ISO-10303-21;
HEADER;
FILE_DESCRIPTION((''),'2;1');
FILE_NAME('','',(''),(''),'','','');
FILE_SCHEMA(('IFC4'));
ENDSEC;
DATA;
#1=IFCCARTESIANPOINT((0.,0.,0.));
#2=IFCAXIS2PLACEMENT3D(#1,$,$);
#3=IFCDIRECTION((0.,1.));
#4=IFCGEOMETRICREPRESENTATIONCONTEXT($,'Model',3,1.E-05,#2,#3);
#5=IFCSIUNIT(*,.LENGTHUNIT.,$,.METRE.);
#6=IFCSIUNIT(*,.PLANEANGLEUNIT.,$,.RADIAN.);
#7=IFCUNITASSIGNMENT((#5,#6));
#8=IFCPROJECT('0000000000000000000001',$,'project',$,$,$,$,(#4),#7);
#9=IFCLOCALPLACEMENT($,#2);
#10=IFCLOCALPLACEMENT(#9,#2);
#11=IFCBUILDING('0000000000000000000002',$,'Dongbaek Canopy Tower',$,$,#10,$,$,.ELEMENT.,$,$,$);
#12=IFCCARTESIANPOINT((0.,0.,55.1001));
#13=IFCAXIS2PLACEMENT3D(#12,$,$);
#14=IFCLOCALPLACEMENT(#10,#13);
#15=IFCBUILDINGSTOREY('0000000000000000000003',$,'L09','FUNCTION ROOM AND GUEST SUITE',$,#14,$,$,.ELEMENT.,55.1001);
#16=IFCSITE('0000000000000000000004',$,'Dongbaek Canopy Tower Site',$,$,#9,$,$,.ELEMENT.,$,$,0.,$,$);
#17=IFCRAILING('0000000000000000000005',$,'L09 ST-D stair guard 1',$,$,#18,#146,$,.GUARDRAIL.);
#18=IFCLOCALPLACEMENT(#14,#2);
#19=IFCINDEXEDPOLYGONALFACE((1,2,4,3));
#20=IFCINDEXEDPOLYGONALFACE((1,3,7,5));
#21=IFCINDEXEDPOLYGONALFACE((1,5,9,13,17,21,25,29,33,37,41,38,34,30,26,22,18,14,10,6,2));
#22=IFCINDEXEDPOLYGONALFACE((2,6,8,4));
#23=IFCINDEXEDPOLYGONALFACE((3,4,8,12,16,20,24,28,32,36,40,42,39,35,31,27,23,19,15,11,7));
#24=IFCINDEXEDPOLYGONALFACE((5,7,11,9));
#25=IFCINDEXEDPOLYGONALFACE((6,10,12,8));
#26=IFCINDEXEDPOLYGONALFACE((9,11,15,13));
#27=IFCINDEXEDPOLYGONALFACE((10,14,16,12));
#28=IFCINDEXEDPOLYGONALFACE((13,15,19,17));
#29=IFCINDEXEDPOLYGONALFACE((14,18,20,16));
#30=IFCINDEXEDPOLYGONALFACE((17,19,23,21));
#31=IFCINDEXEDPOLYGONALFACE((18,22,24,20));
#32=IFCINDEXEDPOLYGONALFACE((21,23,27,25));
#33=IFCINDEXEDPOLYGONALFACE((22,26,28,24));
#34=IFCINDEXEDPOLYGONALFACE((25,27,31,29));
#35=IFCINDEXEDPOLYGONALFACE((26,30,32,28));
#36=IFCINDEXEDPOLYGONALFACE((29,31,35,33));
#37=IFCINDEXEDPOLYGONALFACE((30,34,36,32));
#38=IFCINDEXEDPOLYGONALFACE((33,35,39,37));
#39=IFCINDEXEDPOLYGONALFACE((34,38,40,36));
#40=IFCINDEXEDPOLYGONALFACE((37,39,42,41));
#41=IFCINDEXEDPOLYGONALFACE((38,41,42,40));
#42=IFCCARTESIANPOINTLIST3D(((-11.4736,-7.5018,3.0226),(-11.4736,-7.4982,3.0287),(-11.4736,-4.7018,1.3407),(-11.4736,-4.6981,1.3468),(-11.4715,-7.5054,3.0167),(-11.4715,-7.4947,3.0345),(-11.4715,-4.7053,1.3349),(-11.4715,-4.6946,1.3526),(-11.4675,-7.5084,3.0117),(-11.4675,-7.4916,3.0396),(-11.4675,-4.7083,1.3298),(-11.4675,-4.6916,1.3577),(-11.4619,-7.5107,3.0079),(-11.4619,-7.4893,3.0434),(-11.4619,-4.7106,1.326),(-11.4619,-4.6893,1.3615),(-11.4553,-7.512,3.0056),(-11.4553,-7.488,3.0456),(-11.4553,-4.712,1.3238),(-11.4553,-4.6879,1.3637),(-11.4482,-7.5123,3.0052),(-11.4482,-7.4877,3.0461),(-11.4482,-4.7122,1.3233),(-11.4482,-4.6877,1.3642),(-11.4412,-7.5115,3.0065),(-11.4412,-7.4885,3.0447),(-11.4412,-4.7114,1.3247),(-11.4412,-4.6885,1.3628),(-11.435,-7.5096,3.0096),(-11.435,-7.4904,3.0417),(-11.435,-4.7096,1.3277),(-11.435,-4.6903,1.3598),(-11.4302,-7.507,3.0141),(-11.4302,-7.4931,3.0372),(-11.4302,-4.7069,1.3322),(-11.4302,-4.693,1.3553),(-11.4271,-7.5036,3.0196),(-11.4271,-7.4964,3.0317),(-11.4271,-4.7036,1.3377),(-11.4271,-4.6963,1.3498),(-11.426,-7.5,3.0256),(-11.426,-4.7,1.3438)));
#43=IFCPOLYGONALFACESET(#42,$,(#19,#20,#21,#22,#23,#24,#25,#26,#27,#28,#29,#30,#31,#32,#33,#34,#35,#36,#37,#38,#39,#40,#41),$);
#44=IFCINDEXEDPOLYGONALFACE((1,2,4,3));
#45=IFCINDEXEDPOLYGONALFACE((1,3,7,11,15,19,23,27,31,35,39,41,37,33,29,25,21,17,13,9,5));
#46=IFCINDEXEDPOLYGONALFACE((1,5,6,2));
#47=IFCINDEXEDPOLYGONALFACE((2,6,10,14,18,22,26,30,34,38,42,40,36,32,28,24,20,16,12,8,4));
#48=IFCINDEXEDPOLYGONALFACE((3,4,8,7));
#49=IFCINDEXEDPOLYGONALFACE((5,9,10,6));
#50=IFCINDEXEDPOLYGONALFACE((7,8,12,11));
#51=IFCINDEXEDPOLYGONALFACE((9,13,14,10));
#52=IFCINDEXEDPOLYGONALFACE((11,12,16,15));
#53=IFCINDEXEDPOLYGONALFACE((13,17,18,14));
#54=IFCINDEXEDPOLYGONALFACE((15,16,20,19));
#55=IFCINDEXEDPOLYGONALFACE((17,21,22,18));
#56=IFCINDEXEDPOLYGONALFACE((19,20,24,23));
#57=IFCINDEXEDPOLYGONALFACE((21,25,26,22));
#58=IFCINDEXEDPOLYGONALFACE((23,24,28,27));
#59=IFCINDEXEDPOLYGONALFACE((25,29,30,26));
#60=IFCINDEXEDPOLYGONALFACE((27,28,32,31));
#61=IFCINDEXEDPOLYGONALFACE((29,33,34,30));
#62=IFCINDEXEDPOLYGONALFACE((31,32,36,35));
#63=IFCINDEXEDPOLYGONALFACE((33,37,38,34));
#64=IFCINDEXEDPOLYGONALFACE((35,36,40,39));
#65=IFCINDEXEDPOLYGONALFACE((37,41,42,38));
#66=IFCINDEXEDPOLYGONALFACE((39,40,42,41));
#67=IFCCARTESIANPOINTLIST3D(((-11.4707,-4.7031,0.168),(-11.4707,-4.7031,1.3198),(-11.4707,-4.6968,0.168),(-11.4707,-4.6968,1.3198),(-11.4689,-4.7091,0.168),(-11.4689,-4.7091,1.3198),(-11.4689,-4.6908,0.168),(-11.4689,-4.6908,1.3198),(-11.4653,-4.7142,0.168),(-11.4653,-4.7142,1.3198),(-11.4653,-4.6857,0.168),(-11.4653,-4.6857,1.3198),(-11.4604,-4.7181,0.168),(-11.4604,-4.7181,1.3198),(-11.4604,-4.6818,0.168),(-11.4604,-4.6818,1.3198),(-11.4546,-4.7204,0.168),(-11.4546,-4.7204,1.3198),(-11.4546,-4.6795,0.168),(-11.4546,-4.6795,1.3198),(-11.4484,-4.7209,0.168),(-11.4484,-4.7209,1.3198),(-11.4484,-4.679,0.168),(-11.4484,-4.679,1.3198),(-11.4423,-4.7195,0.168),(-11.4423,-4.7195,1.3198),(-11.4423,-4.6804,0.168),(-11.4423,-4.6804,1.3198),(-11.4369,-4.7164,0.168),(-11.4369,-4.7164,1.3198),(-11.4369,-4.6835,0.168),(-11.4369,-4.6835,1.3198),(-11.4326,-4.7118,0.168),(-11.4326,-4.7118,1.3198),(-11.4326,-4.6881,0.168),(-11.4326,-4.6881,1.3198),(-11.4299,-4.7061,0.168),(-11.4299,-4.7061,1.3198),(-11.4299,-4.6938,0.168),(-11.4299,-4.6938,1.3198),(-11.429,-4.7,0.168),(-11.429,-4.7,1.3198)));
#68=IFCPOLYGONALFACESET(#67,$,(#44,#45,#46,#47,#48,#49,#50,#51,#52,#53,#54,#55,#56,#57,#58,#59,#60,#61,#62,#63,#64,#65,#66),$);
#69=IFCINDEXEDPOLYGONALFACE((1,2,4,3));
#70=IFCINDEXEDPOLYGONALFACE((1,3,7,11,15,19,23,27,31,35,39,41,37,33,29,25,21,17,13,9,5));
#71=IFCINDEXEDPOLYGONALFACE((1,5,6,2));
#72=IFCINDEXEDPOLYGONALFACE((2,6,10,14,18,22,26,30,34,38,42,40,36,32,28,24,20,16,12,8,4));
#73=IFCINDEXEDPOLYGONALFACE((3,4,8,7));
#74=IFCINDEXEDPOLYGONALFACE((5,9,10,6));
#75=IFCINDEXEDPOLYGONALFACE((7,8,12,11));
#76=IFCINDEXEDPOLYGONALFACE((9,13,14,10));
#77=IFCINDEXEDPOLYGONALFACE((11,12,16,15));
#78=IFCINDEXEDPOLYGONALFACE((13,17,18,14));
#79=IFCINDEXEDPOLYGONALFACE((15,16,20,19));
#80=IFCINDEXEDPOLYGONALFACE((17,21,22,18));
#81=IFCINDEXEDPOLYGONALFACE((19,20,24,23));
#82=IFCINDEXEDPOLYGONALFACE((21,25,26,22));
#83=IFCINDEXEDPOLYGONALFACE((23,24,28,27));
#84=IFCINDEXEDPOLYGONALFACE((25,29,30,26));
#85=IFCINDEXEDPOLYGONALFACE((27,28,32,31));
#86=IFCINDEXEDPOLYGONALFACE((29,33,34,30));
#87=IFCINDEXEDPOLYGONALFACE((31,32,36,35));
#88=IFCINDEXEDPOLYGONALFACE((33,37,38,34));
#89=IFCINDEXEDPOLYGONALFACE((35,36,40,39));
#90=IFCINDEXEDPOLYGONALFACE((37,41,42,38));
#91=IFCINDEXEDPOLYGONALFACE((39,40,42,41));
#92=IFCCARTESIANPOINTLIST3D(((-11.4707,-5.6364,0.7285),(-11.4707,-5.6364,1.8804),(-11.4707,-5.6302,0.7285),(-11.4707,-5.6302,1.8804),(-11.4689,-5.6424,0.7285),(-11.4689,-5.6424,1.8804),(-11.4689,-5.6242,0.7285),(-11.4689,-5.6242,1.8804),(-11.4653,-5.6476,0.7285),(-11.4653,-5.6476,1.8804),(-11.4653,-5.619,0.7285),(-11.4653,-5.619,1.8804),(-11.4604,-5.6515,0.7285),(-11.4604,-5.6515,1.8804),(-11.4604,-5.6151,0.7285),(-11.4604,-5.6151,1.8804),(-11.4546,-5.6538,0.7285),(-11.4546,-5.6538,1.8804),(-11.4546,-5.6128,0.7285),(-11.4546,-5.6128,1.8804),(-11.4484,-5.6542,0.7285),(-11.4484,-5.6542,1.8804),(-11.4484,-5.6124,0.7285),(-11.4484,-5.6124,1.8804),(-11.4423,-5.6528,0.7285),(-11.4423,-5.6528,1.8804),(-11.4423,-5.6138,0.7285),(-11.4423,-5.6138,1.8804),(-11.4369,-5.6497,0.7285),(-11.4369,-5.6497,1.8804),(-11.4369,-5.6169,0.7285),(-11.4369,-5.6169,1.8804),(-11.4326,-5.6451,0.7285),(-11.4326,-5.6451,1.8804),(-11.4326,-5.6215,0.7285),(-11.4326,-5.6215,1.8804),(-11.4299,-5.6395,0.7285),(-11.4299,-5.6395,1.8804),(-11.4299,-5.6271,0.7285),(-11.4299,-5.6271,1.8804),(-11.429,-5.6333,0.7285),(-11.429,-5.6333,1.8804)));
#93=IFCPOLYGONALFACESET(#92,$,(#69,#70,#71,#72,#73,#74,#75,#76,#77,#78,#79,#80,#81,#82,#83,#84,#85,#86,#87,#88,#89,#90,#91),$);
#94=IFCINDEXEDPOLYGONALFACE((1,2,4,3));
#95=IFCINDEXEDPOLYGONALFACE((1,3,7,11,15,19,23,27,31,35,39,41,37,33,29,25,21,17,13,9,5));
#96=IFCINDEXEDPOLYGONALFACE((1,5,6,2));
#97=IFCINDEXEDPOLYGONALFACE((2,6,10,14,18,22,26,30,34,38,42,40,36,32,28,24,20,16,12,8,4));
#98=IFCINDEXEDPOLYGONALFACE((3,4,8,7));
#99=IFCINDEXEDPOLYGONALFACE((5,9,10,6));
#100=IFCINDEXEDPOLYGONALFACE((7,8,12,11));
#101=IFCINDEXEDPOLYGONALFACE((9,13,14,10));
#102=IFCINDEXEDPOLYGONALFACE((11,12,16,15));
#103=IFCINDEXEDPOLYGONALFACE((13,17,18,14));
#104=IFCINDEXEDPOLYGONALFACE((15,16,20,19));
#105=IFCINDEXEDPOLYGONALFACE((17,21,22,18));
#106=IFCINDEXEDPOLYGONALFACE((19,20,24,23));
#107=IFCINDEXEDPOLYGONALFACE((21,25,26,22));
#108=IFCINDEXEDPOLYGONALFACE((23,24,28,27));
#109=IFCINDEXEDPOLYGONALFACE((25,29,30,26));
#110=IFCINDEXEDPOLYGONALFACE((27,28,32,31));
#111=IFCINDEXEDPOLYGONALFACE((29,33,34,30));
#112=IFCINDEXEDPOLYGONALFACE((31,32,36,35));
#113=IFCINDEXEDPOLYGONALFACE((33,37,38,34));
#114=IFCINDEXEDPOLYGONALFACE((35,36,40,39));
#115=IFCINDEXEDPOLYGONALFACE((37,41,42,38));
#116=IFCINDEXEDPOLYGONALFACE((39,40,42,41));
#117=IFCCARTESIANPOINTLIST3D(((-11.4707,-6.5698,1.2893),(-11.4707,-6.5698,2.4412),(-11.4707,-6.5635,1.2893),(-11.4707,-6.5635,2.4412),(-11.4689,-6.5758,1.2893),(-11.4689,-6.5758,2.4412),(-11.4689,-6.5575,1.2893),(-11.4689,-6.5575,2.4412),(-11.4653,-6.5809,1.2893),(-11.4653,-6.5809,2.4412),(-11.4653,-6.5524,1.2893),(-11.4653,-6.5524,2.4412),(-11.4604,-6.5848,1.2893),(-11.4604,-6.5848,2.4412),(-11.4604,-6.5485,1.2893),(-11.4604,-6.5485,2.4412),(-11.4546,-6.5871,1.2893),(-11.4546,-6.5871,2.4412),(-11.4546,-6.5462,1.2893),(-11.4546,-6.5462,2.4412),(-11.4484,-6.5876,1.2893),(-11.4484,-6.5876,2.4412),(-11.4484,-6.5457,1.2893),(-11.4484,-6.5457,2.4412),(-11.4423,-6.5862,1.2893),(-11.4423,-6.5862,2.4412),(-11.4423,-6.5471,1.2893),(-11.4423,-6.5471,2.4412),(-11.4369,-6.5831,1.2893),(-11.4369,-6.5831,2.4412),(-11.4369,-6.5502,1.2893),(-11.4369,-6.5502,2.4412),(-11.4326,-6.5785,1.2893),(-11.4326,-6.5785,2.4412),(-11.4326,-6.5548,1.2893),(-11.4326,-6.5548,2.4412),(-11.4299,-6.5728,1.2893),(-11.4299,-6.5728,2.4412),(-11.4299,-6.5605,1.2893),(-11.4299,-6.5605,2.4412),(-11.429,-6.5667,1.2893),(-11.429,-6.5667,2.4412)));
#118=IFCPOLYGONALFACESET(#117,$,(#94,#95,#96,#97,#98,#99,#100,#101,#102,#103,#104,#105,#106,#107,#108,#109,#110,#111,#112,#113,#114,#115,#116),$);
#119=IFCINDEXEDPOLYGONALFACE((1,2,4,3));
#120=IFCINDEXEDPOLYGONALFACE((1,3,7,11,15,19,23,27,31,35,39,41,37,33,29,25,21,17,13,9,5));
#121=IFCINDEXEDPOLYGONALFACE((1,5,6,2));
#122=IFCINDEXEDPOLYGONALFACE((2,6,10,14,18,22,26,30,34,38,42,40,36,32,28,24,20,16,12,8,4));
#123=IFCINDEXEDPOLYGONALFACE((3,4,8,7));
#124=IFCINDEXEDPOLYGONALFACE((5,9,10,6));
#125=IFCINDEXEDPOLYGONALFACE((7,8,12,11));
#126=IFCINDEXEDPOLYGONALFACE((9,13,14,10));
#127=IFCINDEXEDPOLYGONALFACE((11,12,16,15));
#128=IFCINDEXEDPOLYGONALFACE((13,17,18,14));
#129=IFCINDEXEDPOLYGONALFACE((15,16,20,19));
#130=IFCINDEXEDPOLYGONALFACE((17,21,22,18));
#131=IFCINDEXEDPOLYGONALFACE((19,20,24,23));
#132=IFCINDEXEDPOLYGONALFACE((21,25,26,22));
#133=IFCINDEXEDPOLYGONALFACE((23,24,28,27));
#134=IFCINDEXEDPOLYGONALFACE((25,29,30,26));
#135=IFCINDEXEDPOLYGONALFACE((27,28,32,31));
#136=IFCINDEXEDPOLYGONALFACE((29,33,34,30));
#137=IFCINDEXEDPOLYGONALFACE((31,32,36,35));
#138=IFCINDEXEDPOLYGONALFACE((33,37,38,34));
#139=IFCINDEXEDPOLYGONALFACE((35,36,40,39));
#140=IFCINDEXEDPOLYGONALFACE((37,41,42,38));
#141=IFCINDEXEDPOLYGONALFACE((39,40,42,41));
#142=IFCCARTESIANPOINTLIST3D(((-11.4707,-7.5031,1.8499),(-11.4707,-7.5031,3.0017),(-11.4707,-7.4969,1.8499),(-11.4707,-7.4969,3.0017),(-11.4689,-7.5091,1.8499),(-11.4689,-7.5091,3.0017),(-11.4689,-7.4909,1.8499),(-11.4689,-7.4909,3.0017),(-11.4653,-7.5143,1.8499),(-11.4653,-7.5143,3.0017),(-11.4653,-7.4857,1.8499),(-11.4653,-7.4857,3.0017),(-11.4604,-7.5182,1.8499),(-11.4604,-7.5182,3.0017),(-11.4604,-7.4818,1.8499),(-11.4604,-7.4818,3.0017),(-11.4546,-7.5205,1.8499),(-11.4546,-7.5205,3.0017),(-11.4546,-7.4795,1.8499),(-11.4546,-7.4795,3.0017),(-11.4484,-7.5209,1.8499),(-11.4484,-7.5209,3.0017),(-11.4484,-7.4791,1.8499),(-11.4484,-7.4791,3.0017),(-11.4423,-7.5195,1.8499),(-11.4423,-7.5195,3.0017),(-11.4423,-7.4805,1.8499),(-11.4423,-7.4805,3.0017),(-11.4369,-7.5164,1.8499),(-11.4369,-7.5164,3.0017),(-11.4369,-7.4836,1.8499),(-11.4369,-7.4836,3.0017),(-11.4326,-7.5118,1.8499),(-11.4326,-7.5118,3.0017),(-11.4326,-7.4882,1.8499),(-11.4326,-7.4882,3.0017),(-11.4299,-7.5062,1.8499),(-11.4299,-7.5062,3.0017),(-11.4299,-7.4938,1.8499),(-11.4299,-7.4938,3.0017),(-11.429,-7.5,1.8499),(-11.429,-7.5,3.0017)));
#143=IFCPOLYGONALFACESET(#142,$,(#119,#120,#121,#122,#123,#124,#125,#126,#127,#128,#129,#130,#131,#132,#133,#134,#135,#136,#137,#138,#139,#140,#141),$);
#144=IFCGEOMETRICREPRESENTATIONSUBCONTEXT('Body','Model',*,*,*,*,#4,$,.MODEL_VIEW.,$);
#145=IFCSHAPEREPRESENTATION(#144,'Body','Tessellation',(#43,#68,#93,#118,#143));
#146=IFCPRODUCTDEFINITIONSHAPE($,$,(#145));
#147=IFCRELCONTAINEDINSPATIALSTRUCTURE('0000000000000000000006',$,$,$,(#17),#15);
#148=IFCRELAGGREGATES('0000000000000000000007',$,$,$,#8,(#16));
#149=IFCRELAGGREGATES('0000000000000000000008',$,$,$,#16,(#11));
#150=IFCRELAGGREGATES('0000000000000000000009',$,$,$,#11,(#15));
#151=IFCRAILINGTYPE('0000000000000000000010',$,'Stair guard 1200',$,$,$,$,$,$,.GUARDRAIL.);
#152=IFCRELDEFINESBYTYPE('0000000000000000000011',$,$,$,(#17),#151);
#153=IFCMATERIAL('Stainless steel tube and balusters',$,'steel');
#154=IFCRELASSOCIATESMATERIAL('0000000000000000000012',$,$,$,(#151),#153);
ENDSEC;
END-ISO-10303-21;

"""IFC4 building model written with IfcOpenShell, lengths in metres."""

from ifc_helpers import new_model, si_unit, direction, frame, origin, origin_2d, place, context, subcontext, project, spatial, circle, extrude, material, type_object, element, save


model = new_model("IFC4")

# Units and contexts
model_context = context("Model", 3, precision=1e-05, world=origin(), true_north=direction((0.0, 1.0)))
body_context = subcontext(model_context, "Body", "Model", "MODEL_VIEW")
ifc_project = project(units=[si_unit("LENGTHUNIT", "METRE"), si_unit("PLANEANGLEUNIT", "RADIAN")], contexts=[model_context])

# Site, building, storey
site_placement = place(None, origin())
site = spatial("IfcSite", under=ifc_project, at=site_placement, Name="Dongbaek Canopy Tower Site", CompositionType="ELEMENT", RefElevation=0.0)
building_placement = place(site_placement, origin())
building = spatial("IfcBuilding", under=site, at=building_placement, Name="Dongbaek Canopy Tower", CompositionType="ELEMENT")
storey_placement = place(building_placement, frame((0.0, 0.0, 55.1001)))
storey = spatial("IfcBuildingStorey", under=building, at=storey_placement, Name="L09", Description="FUNCTION ROOM AND GUEST SUITE", CompositionType="ELEMENT", Elevation=55.1001)

# Railing
ifc_material_1 = material(Name="Stainless steel tube and balusters", Category="steel")
railing_type_1 = type_object("IfcRailingType", Name="Stair guard 1200", PredefinedType="GUARDRAIL", material=ifc_material_1)
railing_1_placement = place(storey_placement, frame((-11.45, -4.7, 0.168)))
element("IfcRailing", 1, at=railing_1_placement, inside=storey, type_object=railing_type_1, Name="L09 ST-D stair guard 1", PredefinedType="GUARDRAIL", context=body_context, shape_type="SweptSolid", body=[
    extrude(circle(Radius=0.0239, at=origin_2d()), frame((0.0, 0.0, 1.1758), z_axis=(0.0, -0.857242, 0.514913), x_axis=(1.0, 0.0, 0.0)), (0.0, 0.0, 1.0), 3.2664),
    extrude(circle(Radius=0.021, at=origin_2d()), origin(), (0.0, 0.0, 1.0), 1.1519),
    extrude(circle(Radius=0.021, at=origin_2d()), frame((0.0, -0.9333, 0.5605)), (0.0, 0.0, 1.0), 1.1519),
    extrude(circle(Radius=0.021, at=origin_2d()), frame((0.0, -1.8667, 1.1213)), (0.0, 0.0, 1.0), 1.1519),
    extrude(circle(Radius=0.021, at=origin_2d()), frame((0.0, -2.8, 1.6819)), (0.0, 0.0, 1.0), 1.1519),
])

save(model, "model.ifc")
